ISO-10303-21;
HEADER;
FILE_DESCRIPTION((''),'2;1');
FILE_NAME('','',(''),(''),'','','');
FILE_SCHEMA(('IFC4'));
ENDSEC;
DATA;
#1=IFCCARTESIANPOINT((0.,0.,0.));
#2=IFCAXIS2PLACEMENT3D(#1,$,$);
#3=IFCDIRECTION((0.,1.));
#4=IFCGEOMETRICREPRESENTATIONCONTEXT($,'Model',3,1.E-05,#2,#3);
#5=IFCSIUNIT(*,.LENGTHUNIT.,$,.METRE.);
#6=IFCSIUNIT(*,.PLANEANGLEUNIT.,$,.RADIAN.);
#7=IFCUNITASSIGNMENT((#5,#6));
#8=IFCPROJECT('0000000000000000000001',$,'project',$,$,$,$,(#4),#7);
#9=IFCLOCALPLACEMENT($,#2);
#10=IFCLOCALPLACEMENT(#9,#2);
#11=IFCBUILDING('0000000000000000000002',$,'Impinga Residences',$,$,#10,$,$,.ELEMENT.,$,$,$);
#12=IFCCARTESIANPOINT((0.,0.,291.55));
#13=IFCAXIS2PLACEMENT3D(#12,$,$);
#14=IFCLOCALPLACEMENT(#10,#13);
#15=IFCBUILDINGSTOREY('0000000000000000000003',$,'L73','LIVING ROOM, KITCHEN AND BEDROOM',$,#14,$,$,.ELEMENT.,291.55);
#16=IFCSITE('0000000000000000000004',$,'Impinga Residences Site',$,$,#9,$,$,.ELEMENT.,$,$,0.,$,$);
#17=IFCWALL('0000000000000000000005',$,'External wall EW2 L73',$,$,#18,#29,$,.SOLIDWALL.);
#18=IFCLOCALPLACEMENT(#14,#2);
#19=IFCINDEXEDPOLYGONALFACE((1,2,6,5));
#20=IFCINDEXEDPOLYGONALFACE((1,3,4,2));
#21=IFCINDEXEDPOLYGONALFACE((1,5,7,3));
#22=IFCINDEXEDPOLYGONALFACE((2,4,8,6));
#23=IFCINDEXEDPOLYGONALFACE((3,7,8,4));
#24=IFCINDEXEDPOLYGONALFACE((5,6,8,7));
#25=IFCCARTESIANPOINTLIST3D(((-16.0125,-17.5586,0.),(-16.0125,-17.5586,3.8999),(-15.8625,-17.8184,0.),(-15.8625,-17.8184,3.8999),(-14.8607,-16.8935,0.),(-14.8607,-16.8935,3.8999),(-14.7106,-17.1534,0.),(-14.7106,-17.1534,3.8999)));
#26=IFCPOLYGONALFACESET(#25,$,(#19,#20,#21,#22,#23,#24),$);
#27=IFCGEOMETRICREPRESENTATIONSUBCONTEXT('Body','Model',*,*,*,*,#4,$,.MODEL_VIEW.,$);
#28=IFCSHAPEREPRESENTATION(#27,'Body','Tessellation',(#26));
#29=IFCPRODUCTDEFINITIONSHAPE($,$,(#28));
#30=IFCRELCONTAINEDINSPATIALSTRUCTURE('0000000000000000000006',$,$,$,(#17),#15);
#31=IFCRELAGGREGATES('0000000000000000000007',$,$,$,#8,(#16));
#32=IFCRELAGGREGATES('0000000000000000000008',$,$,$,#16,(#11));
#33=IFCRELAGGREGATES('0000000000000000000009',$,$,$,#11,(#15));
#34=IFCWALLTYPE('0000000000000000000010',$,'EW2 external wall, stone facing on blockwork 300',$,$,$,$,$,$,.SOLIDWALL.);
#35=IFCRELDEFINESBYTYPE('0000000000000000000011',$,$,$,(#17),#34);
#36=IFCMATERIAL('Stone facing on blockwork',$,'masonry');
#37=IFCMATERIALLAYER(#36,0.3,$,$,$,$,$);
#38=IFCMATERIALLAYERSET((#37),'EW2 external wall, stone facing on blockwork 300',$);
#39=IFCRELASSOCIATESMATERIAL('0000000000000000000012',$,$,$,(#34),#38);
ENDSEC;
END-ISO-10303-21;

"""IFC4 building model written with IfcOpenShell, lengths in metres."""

from ifc_helpers import new_model, si_unit, direction, frame, frame_2d, origin, place, context, subcontext, project, spatial, rectangle, extrude, material, layer, layer_set, type_object, element, save


model = new_model("IFC4")

# Units and contexts
model_context = context("Model", 3, precision=1e-05, world=origin(), true_north=direction((0.0, 1.0)))
body_context = subcontext(model_context, "Body", "Model", "MODEL_VIEW")
ifc_project = project(units=[si_unit("LENGTHUNIT", "METRE"), si_unit("PLANEANGLEUNIT", "RADIAN")], contexts=[model_context])

# Site, building, storey
site_placement = place(None, origin())
site = spatial("IfcSite", under=ifc_project, at=site_placement, Name="Impinga Residences Site", CompositionType="ELEMENT", RefElevation=0.0)
building_placement = place(site_placement, origin())
building = spatial("IfcBuilding", under=site, at=building_placement, Name="Impinga Residences", CompositionType="ELEMENT")
storey_placement = place(building_placement, frame((0.0, 0.0, 291.55)))
storey = spatial("IfcBuildingStorey", under=building, at=storey_placement, Name="L73", Description="LIVING ROOM, KITCHEN AND BEDROOM", CompositionType="ELEMENT", Elevation=291.55)

# Wall
ifc_material_1 = material(Name="Stone facing on blockwork", Category="masonry")
ifc_layer_1 = layer(ifc_material_1, 0.3)
ifc_layer_set_1 = layer_set([ifc_layer_1], Name="EW2 external wall, stone facing on blockwork 300")
wall_type_1 = type_object("IfcWallType", Name="EW2 external wall, stone facing on blockwork 300", PredefinedType="SOLIDWALL", material=ifc_layer_set_1)
wall_1_placement = place(storey_placement, frame((-14.7856, -17.0234, 0.0), z_axis=(0.0, 0.0, 1.0), x_axis=(-0.866021, -0.500008, 0.0)))
element("IfcWall", 1, at=wall_1_placement, inside=storey, type_object=wall_type_1, Name="External wall EW2 L73", PredefinedType="SOLIDWALL", context=body_context, shape_type="SweptSolid", body=[
    extrude(rectangle(XDim=1.3301, YDim=0.3, at=frame_2d((0.665, 0.0))), origin(), (0.0, 0.0, 1.0), 3.8999),
])

save(model, "model.ifc")
